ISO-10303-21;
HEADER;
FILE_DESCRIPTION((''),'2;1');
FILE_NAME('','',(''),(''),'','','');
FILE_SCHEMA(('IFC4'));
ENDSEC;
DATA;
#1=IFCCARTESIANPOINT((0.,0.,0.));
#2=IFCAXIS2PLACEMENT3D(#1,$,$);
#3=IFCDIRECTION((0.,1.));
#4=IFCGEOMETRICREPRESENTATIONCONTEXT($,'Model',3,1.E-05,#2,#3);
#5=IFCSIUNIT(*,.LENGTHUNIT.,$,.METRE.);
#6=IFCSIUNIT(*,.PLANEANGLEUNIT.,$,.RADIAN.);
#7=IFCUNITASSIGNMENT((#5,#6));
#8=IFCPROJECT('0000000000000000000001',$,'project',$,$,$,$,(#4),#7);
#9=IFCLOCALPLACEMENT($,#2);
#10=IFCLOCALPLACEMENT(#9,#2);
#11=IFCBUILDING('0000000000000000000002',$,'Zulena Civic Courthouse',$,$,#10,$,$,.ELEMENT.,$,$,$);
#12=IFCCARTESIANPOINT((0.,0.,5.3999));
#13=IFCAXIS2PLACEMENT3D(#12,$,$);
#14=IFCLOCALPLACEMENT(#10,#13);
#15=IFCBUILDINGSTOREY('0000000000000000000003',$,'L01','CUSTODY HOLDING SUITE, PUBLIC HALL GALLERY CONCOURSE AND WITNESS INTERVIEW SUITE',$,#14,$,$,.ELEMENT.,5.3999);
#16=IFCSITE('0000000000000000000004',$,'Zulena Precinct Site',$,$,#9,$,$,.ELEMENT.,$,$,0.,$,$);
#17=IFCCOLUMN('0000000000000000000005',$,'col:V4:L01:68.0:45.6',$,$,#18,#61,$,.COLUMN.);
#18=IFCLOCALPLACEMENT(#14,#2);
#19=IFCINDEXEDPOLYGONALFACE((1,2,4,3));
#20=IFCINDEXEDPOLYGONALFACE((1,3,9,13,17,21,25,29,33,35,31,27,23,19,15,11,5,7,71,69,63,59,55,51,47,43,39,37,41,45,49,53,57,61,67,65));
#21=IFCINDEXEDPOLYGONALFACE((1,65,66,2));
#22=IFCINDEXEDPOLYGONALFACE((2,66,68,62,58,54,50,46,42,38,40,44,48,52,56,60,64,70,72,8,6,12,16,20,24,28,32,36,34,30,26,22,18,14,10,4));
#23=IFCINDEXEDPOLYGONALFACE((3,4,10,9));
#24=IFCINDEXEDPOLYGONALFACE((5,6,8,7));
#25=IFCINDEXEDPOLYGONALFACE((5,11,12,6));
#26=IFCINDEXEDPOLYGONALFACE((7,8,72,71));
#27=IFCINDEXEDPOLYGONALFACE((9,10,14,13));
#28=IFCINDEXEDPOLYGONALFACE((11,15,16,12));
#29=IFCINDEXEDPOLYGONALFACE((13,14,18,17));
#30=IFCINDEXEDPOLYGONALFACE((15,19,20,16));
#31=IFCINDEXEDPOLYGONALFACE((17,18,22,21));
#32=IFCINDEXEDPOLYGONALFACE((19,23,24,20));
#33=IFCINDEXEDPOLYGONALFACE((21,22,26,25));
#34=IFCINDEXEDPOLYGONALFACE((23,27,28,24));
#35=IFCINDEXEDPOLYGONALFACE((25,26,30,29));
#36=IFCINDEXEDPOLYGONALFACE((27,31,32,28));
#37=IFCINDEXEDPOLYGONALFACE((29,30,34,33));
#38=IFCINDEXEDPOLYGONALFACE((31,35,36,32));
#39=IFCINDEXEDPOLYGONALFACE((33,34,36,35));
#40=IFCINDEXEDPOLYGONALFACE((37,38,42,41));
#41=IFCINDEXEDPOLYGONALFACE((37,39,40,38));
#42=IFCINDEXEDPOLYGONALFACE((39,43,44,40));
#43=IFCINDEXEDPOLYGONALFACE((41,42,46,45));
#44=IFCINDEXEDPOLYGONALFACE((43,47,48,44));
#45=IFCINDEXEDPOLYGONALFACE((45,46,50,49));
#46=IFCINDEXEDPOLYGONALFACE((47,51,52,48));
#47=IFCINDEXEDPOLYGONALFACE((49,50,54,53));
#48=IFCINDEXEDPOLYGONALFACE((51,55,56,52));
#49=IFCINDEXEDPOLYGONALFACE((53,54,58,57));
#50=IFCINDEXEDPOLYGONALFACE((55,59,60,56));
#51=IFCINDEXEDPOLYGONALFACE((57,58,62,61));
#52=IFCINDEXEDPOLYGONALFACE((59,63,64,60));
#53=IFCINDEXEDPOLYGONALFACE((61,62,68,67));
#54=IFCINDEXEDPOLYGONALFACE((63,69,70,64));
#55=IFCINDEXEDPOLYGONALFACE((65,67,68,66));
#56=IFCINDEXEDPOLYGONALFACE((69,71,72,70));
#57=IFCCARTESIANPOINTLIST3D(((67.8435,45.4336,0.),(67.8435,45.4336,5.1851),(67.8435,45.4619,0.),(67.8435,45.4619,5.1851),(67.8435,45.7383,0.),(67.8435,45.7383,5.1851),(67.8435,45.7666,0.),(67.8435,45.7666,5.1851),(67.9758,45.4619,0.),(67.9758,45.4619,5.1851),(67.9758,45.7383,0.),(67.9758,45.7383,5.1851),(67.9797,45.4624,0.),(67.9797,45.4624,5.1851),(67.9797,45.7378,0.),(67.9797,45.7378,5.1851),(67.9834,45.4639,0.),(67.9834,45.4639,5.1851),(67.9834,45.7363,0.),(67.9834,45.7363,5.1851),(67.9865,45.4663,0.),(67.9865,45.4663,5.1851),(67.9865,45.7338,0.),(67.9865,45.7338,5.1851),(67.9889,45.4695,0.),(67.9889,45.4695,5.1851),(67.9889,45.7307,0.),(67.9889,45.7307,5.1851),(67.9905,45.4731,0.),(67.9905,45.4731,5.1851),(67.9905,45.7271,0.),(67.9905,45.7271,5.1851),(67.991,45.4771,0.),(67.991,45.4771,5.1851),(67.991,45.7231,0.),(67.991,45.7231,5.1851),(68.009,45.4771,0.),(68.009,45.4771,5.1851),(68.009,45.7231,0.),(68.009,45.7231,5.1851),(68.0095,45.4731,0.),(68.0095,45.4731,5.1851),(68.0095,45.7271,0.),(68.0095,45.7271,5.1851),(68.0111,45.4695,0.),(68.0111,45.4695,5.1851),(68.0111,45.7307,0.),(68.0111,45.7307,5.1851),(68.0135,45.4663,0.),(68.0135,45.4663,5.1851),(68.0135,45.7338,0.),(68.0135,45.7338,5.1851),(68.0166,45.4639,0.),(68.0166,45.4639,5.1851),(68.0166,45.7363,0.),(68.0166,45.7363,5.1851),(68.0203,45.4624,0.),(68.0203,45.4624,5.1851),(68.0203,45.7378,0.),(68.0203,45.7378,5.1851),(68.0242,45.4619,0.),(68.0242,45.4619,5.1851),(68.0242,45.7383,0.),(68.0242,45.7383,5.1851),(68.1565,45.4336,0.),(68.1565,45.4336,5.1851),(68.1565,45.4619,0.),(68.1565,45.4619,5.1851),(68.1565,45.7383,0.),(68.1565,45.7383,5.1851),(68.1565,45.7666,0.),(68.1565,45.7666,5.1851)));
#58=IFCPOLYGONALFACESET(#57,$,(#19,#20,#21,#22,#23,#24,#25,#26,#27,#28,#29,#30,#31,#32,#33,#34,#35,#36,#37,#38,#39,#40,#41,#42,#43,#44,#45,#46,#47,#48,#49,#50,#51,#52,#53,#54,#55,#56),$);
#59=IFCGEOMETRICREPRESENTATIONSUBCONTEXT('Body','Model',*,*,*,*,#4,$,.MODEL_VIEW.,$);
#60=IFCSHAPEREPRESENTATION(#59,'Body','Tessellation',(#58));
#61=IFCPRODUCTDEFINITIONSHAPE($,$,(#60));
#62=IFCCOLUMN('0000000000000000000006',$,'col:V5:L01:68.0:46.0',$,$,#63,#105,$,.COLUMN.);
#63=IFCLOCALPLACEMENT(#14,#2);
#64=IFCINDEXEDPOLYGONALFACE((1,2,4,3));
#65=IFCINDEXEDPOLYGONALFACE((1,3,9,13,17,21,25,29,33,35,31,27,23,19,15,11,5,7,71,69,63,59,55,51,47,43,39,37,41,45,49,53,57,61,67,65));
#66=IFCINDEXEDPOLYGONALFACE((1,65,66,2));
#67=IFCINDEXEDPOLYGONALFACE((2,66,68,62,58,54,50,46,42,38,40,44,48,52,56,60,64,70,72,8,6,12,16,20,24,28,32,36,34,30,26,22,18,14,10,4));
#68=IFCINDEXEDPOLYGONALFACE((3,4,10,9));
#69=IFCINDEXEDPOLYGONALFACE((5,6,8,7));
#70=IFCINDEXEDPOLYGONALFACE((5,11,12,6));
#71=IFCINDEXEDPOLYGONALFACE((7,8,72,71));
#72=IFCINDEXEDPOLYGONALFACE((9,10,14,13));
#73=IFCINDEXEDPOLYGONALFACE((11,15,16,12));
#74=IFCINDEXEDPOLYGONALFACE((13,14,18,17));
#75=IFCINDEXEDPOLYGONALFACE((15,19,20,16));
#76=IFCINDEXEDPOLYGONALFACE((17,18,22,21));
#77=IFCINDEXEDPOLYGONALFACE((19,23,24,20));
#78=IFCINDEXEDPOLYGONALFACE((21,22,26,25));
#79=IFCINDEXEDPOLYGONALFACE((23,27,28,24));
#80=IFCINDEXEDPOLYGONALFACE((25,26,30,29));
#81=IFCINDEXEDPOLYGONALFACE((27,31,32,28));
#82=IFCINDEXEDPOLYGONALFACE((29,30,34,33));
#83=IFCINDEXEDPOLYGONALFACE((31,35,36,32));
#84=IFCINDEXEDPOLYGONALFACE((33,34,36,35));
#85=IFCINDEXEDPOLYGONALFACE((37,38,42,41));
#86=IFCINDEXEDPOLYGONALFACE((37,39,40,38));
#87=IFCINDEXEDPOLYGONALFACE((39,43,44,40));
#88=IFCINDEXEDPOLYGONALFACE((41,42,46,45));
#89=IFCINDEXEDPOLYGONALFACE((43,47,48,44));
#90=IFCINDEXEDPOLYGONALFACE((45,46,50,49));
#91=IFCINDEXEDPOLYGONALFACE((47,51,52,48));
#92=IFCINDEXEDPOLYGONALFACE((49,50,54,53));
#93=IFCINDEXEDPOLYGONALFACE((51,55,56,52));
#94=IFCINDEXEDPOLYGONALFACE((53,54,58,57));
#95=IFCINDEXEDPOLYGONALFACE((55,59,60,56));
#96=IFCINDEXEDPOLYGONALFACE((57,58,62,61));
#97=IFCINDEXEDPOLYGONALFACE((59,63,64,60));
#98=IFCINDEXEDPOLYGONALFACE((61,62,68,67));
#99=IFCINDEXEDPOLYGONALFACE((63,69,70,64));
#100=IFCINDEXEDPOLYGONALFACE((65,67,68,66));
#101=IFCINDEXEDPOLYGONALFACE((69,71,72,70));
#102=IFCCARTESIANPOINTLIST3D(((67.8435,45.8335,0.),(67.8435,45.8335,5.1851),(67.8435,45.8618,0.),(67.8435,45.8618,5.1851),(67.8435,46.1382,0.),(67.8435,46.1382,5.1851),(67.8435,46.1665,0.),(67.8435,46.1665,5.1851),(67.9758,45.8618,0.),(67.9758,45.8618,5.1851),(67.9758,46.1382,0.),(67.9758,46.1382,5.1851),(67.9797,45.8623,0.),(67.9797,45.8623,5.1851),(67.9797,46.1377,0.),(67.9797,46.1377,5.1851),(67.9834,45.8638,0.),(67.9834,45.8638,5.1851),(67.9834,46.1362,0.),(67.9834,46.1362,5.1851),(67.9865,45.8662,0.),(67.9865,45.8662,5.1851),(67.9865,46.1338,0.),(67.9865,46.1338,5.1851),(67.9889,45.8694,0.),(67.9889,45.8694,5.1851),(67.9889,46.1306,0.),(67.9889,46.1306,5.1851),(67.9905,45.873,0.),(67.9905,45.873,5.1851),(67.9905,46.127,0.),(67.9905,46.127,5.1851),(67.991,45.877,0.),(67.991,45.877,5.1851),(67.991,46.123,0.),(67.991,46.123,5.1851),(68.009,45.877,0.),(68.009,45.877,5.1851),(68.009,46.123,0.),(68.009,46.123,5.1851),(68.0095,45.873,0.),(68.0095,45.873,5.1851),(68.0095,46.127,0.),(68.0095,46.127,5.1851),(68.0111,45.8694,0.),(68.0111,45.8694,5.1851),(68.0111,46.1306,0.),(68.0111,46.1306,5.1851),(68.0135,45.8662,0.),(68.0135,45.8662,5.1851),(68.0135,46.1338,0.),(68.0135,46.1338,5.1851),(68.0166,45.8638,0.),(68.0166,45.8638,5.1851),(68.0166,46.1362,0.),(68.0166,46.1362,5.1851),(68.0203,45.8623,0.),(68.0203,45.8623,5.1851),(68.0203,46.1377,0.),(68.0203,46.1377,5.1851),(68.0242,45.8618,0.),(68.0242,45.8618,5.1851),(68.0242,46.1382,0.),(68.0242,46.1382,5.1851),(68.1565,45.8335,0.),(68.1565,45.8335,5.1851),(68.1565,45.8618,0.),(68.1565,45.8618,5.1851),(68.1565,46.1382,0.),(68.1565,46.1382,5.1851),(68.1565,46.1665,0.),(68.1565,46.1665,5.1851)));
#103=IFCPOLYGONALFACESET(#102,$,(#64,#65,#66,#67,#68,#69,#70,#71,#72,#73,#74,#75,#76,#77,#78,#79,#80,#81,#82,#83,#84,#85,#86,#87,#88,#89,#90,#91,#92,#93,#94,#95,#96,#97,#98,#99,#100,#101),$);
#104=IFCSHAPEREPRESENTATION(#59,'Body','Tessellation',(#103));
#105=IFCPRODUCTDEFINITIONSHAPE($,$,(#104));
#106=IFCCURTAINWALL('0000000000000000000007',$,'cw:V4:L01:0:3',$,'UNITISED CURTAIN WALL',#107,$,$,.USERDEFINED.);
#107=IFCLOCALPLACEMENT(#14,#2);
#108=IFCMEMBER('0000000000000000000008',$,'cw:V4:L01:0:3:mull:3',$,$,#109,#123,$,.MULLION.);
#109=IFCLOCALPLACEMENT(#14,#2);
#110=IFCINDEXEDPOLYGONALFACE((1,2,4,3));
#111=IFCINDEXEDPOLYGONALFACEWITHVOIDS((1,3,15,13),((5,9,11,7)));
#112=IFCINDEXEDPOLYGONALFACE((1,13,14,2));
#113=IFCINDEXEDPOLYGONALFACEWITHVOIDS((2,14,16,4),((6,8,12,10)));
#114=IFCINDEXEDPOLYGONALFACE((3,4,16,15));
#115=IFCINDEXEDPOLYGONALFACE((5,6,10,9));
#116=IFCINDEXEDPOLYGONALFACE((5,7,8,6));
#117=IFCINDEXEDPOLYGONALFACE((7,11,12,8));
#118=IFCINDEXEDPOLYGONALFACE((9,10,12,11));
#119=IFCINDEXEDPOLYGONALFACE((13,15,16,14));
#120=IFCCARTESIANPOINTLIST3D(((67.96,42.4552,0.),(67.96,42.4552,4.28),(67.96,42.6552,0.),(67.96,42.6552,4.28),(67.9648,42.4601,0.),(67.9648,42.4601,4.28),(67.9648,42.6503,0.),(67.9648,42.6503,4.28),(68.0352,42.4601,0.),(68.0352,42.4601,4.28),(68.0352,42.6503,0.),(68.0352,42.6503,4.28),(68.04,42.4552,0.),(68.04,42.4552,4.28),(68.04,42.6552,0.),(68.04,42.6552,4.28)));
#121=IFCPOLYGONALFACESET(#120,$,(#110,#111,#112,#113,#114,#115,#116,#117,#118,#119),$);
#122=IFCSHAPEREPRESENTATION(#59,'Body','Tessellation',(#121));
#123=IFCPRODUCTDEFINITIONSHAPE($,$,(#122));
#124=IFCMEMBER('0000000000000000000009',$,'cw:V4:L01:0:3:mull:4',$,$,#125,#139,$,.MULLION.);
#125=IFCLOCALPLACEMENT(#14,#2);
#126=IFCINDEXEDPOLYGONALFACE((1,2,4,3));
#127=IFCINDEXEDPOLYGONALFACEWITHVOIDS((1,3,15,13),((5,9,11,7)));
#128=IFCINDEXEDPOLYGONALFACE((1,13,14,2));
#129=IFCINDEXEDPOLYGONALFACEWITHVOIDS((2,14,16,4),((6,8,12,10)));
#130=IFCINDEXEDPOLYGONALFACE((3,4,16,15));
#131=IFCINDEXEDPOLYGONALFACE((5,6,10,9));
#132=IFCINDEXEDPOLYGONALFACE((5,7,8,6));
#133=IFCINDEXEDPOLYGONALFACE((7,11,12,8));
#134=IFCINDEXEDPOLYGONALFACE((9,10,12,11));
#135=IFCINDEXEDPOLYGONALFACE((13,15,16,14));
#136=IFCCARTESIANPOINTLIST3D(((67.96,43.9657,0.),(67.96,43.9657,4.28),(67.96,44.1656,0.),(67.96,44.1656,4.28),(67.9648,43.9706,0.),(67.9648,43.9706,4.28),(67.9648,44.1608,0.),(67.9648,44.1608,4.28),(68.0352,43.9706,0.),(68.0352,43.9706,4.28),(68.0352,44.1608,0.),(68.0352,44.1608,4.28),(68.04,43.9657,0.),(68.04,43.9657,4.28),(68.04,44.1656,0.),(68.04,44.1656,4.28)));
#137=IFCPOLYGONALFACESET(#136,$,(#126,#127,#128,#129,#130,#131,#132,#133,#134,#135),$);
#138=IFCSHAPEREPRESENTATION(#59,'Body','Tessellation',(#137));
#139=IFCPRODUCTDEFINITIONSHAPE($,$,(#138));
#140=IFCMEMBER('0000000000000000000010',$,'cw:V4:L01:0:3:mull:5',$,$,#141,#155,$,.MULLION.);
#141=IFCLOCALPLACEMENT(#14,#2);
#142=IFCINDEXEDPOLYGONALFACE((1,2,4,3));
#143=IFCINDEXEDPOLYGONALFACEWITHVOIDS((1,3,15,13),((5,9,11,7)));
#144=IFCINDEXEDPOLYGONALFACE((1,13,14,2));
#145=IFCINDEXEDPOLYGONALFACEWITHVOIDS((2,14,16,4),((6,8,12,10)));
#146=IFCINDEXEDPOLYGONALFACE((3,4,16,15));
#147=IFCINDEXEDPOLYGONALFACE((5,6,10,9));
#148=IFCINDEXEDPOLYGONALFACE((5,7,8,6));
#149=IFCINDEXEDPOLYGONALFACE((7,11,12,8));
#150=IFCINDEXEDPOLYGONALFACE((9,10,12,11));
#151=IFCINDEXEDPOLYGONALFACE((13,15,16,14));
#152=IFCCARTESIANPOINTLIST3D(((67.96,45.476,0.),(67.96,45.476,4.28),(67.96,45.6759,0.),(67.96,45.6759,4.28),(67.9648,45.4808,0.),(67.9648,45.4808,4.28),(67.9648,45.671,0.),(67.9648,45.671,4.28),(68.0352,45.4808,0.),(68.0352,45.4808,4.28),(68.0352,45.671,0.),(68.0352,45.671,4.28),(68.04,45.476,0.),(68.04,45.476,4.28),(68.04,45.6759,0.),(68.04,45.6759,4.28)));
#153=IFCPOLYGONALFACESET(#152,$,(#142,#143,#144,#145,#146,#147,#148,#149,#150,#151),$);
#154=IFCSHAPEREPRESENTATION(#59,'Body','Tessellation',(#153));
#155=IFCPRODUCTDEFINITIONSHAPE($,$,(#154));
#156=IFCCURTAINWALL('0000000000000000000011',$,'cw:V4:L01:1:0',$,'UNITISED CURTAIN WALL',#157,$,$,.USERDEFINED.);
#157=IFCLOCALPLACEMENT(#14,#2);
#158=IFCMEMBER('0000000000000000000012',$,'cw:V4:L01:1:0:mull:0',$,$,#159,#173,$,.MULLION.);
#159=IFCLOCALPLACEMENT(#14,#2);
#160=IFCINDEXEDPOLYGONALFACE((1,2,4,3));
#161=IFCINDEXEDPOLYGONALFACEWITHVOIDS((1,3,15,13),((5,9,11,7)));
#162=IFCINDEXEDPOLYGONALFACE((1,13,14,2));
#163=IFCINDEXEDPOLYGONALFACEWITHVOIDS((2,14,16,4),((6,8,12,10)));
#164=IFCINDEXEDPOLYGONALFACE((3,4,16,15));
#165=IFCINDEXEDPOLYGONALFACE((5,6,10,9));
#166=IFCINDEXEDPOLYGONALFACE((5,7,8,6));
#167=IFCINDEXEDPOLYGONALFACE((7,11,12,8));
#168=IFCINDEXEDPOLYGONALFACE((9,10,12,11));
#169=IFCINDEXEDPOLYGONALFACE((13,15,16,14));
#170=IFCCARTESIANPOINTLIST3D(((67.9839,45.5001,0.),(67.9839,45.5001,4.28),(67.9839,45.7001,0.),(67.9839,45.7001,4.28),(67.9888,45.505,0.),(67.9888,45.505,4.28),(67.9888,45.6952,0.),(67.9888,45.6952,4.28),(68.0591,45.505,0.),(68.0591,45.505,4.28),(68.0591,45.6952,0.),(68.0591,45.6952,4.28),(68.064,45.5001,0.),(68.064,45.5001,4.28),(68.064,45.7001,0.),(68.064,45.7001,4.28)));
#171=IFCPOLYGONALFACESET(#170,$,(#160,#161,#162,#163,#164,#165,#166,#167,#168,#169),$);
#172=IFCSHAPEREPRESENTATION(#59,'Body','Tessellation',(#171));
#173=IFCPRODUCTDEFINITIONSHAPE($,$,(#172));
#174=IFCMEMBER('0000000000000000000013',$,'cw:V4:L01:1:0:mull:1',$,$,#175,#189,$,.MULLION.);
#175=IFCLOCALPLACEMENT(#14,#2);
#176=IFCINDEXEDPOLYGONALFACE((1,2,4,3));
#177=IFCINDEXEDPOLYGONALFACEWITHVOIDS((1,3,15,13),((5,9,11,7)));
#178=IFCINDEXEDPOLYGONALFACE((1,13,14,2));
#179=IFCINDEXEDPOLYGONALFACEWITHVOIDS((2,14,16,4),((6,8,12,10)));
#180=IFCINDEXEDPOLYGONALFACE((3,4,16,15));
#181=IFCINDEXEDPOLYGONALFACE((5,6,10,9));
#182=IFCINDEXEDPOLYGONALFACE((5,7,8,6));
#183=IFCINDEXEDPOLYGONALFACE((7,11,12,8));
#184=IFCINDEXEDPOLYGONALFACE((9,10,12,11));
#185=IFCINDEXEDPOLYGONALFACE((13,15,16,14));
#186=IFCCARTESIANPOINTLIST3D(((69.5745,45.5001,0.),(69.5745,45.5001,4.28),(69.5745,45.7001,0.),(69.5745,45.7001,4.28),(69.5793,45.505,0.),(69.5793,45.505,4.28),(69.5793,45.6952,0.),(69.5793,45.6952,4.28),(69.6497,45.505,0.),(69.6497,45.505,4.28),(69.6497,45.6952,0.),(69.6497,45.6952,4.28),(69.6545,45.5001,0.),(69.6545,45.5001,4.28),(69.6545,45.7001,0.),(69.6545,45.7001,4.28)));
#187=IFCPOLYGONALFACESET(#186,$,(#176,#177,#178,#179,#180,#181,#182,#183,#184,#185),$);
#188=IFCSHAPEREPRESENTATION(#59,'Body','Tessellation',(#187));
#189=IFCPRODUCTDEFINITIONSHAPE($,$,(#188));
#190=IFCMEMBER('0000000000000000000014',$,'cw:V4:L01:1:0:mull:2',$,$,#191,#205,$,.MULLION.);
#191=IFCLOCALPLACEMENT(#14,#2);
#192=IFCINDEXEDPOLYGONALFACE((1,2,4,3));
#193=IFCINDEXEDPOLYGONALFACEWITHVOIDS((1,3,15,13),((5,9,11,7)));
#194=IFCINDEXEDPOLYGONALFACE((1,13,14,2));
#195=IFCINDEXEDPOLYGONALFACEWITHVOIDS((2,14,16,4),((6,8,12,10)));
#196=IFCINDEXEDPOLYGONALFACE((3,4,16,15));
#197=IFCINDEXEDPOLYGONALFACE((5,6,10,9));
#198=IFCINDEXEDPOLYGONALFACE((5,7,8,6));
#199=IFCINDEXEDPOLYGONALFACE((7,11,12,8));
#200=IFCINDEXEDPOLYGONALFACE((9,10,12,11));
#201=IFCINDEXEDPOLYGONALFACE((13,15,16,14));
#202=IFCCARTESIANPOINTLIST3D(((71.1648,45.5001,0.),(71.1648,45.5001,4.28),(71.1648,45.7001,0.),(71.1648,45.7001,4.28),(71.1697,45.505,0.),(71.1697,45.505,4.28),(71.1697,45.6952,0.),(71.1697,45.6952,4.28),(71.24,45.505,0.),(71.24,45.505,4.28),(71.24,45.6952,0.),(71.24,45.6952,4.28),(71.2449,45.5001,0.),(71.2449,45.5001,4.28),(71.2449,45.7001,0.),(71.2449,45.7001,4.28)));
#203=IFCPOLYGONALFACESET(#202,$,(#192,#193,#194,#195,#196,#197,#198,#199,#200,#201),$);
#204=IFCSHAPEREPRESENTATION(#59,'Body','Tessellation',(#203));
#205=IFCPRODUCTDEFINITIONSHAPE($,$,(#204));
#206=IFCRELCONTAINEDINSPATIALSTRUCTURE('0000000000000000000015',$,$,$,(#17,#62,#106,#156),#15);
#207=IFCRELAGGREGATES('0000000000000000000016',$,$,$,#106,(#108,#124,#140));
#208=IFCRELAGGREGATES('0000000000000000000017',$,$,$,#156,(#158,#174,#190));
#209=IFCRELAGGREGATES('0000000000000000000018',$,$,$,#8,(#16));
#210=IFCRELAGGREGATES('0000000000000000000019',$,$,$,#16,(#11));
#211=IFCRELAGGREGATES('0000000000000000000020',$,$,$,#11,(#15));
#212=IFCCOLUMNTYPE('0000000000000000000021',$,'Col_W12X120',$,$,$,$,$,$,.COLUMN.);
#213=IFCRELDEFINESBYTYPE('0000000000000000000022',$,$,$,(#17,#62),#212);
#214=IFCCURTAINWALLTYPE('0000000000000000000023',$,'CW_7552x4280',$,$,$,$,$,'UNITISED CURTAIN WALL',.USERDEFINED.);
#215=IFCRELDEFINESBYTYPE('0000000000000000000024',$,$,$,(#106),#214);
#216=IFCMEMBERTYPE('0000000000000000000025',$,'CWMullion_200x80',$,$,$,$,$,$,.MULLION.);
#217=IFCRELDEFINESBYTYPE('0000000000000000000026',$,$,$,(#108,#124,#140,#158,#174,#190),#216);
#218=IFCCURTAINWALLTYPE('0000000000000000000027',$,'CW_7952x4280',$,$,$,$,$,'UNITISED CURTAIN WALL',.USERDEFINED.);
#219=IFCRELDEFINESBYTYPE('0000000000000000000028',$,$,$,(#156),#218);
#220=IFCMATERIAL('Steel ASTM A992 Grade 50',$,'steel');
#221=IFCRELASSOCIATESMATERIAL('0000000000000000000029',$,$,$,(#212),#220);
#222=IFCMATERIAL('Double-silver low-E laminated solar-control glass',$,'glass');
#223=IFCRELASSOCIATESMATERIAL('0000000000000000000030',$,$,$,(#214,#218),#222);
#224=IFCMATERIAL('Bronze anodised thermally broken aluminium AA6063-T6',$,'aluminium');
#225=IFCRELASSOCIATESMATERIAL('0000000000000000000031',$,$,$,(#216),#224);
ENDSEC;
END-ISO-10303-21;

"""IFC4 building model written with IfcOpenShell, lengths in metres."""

from ifc_helpers import new_model, si_unit, direction, frame, origin, origin_2d, place, context, subcontext, project, spatial, hollow_rectangle, i_section, extrude, material, material_profile, profile_set, type_object, element, aggregate, save


model = new_model("IFC4")

# Units and contexts
model_context = context("Model", 3, precision=1e-05, world=origin(), true_north=direction((0.0, 1.0)))
body_context = subcontext(model_context, "Body", "Model", "MODEL_VIEW")
ifc_project = project(units=[si_unit("LENGTHUNIT", "METRE"), si_unit("PLANEANGLEUNIT", "RADIAN")], contexts=[model_context])

# Site, building, storey
site_placement = place(None, origin())
site = spatial("IfcSite", under=ifc_project, at=site_placement, Name="Zulena Precinct Site", CompositionType="ELEMENT", RefElevation=0.0)
building_placement = place(site_placement, origin())
building = spatial("IfcBuilding", under=site, at=building_placement, Name="Zulena Civic Courthouse", CompositionType="ELEMENT")
storey_placement = place(building_placement, frame((0.0, 0.0, 5.3999)))
storey = spatial("IfcBuildingStorey", under=building, at=storey_placement, Name="L01", Description="CUSTODY HOLDING SUITE, PUBLIC HALL GALLERY CONCOURSE AND WITNESS INTERVIEW SUITE", CompositionType="ELEMENT", Elevation=5.3999)

# Columns
ifc_material_1 = material(Name="Steel ASTM A992 Grade 50", Category="steel")
ifc_material_profile_1 = material_profile(ifc_material_1, i_section(OverallWidth=0.313, OverallDepth=0.333, WebThickness=0.0181, FlangeThickness=0.0283, FilletRadius=0.0151, at=origin_2d()), Name="W12X120")
ifc_profile_set_1 = profile_set([ifc_material_profile_1], Name="Steel ASTM A992 Grade 50")
column_type = type_object("IfcColumnType", Name="Col_W12X120", PredefinedType="COLUMN", material=ifc_profile_set_1)
for number, where, z_axis, x_axis, name in (
    (1, (68.0, 45.6001, 0.0), (0.0, 0.0, 1.0), (1.0, 0.0, 0.0), "col:V4:L01:68.0:45.6"),
    (2, (68.0, 46.0, 0.0), (0.0, 0.0, 1.0), (1.0, 0.0, 0.0), "col:V5:L01:68.0:46.0"),
):
    element("IfcColumn", number, at=place(storey_placement, frame(where, z_axis=z_axis, x_axis=x_axis)), inside=storey, type_object=column_type, Name=name, PredefinedType="COLUMN", context=body_context, shape_type="SweptSolid", body=[
        extrude(i_section(OverallWidth=0.313, OverallDepth=0.333, WebThickness=0.0181, FlangeThickness=0.0283, FilletRadius=0.0151, at=origin_2d()), origin(), (0.0, 0.0, 1.0), 5.1851),
    ])

# Curtain walls, members
ifc_material_2 = material(Name="Double-silver low-E laminated solar-control glass", Category="glass")
curtain_wall_type_1 = type_object("IfcCurtainWallType", Name="CW_7552x4280", ElementType="UNITISED CURTAIN WALL", PredefinedType="USERDEFINED", material=ifc_material_2)
curtain_wall_1_placement = place(storey_placement, origin())
curtain_wall_1 = element("IfcCurtainWall", 3, at=curtain_wall_1_placement, inside=storey, type_object=curtain_wall_type_1, Name="cw:V4:L01:0:3", ObjectType="UNITISED CURTAIN WALL", PredefinedType="USERDEFINED")
ifc_material_3 = material(Name="Bronze anodised thermally broken aluminium AA6063-T6", Category="aluminium")
ifc_material_profile_2 = material_profile(ifc_material_3, hollow_rectangle(XDim=0.0801, YDim=0.2, WallThickness=0.0049, at=origin_2d()), Name="CWM200X80X5")
ifc_profile_set_2 = profile_set([ifc_material_profile_2], Name="Bronze anodised thermally broken aluminium AA6063-T6")
member_type_1 = type_object("IfcMemberType", Name="CWMullion_200x80", PredefinedType="MULLION", material=ifc_profile_set_2)
member_1_placement = place(storey_placement, frame((68.0, 42.5552, 0.0), z_axis=(0.0, 0.0, 1.0), x_axis=(1.0, 0.0, 0.0)))
member_1 = element("IfcMember", 4, at=member_1_placement, type_object=member_type_1, Name="cw:V4:L01:0:3:mull:3", PredefinedType="MULLION", context=body_context, shape_type="SweptSolid", body=[
    extrude(hollow_rectangle(XDim=0.0801, YDim=0.2, WallThickness=0.0049, at=origin_2d()), origin(), (0.0, 0.0, 1.0), 4.28),
])
member_2_placement = place(storey_placement, frame((68.0, 44.0657, 0.0), z_axis=(0.0, 0.0, 1.0), x_axis=(1.0, 0.0, 0.0)))
member_2 = element("IfcMember", 5, at=member_2_placement, type_object=member_type_1, Name="cw:V4:L01:0:3:mull:4", PredefinedType="MULLION", context=body_context, shape_type="SweptSolid", body=[
    extrude(hollow_rectangle(XDim=0.0801, YDim=0.2, WallThickness=0.0049, at=origin_2d()), origin(), (0.0, 0.0, 1.0), 4.28),
])
member_3_placement = place(storey_placement, frame((68.0, 45.5759, 0.0), z_axis=(0.0, 0.0, 1.0), x_axis=(1.0, 0.0, 0.0)))
member_3 = element("IfcMember", 6, at=member_3_placement, type_object=member_type_1, Name="cw:V4:L01:0:3:mull:5", PredefinedType="MULLION", context=body_context, shape_type="SweptSolid", body=[
    extrude(hollow_rectangle(XDim=0.0801, YDim=0.2, WallThickness=0.0049, at=origin_2d()), origin(), (0.0, 0.0, 1.0), 4.28),
])
curtain_wall_type_2 = type_object("IfcCurtainWallType", Name="CW_7952x4280", ElementType="UNITISED CURTAIN WALL", PredefinedType="USERDEFINED", material=ifc_material_2)
curtain_wall_2_placement = place(storey_placement, origin())
curtain_wall_2 = element("IfcCurtainWall", 7, at=curtain_wall_2_placement, inside=storey, type_object=curtain_wall_type_2, Name="cw:V4:L01:1:0", ObjectType="UNITISED CURTAIN WALL", PredefinedType="USERDEFINED")
member_4_placement = place(storey_placement, frame((68.0239, 45.6001, 0.0), z_axis=(0.0, 0.0, 1.0), x_axis=(1.0, 0.0, 0.0)))
member_4 = element("IfcMember", 8, at=member_4_placement, type_object=member_type_1, Name="cw:V4:L01:1:0:mull:0", PredefinedType="MULLION", context=body_context, shape_type="SweptSolid", body=[
    extrude(hollow_rectangle(XDim=0.0801, YDim=0.2, WallThickness=0.0049, at=origin_2d()), origin(), (0.0, 0.0, 1.0), 4.28),
])
member_5_placement = place(storey_placement, frame((69.6145, 45.6001, 0.0), z_axis=(0.0, 0.0, 1.0), x_axis=(1.0, 0.0, 0.0)))
member_5 = element("IfcMember", 9, at=member_5_placement, type_object=member_type_1, Name="cw:V4:L01:1:0:mull:1", PredefinedType="MULLION", context=body_context, shape_type="SweptSolid", body=[
    extrude(hollow_rectangle(XDim=0.0801, YDim=0.2, WallThickness=0.0049, at=origin_2d()), origin(), (0.0, 0.0, 1.0), 4.28),
])
member_6_placement = place(storey_placement, frame((71.2048, 45.6001, 0.0), z_axis=(0.0, 0.0, 1.0), x_axis=(1.0, 0.0, 0.0)))
member_6 = element("IfcMember", 10, at=member_6_placement, type_object=member_type_1, Name="cw:V4:L01:1:0:mull:2", PredefinedType="MULLION", context=body_context, shape_type="SweptSolid", body=[
    extrude(hollow_rectangle(XDim=0.0801, YDim=0.2, WallThickness=0.0049, at=origin_2d()), origin(), (0.0, 0.0, 1.0), 4.28),
])

aggregate(curtain_wall_1, [member_1, member_2, member_3])
aggregate(curtain_wall_2, [member_4, member_5, member_6])

save(model, "model.ifc")
